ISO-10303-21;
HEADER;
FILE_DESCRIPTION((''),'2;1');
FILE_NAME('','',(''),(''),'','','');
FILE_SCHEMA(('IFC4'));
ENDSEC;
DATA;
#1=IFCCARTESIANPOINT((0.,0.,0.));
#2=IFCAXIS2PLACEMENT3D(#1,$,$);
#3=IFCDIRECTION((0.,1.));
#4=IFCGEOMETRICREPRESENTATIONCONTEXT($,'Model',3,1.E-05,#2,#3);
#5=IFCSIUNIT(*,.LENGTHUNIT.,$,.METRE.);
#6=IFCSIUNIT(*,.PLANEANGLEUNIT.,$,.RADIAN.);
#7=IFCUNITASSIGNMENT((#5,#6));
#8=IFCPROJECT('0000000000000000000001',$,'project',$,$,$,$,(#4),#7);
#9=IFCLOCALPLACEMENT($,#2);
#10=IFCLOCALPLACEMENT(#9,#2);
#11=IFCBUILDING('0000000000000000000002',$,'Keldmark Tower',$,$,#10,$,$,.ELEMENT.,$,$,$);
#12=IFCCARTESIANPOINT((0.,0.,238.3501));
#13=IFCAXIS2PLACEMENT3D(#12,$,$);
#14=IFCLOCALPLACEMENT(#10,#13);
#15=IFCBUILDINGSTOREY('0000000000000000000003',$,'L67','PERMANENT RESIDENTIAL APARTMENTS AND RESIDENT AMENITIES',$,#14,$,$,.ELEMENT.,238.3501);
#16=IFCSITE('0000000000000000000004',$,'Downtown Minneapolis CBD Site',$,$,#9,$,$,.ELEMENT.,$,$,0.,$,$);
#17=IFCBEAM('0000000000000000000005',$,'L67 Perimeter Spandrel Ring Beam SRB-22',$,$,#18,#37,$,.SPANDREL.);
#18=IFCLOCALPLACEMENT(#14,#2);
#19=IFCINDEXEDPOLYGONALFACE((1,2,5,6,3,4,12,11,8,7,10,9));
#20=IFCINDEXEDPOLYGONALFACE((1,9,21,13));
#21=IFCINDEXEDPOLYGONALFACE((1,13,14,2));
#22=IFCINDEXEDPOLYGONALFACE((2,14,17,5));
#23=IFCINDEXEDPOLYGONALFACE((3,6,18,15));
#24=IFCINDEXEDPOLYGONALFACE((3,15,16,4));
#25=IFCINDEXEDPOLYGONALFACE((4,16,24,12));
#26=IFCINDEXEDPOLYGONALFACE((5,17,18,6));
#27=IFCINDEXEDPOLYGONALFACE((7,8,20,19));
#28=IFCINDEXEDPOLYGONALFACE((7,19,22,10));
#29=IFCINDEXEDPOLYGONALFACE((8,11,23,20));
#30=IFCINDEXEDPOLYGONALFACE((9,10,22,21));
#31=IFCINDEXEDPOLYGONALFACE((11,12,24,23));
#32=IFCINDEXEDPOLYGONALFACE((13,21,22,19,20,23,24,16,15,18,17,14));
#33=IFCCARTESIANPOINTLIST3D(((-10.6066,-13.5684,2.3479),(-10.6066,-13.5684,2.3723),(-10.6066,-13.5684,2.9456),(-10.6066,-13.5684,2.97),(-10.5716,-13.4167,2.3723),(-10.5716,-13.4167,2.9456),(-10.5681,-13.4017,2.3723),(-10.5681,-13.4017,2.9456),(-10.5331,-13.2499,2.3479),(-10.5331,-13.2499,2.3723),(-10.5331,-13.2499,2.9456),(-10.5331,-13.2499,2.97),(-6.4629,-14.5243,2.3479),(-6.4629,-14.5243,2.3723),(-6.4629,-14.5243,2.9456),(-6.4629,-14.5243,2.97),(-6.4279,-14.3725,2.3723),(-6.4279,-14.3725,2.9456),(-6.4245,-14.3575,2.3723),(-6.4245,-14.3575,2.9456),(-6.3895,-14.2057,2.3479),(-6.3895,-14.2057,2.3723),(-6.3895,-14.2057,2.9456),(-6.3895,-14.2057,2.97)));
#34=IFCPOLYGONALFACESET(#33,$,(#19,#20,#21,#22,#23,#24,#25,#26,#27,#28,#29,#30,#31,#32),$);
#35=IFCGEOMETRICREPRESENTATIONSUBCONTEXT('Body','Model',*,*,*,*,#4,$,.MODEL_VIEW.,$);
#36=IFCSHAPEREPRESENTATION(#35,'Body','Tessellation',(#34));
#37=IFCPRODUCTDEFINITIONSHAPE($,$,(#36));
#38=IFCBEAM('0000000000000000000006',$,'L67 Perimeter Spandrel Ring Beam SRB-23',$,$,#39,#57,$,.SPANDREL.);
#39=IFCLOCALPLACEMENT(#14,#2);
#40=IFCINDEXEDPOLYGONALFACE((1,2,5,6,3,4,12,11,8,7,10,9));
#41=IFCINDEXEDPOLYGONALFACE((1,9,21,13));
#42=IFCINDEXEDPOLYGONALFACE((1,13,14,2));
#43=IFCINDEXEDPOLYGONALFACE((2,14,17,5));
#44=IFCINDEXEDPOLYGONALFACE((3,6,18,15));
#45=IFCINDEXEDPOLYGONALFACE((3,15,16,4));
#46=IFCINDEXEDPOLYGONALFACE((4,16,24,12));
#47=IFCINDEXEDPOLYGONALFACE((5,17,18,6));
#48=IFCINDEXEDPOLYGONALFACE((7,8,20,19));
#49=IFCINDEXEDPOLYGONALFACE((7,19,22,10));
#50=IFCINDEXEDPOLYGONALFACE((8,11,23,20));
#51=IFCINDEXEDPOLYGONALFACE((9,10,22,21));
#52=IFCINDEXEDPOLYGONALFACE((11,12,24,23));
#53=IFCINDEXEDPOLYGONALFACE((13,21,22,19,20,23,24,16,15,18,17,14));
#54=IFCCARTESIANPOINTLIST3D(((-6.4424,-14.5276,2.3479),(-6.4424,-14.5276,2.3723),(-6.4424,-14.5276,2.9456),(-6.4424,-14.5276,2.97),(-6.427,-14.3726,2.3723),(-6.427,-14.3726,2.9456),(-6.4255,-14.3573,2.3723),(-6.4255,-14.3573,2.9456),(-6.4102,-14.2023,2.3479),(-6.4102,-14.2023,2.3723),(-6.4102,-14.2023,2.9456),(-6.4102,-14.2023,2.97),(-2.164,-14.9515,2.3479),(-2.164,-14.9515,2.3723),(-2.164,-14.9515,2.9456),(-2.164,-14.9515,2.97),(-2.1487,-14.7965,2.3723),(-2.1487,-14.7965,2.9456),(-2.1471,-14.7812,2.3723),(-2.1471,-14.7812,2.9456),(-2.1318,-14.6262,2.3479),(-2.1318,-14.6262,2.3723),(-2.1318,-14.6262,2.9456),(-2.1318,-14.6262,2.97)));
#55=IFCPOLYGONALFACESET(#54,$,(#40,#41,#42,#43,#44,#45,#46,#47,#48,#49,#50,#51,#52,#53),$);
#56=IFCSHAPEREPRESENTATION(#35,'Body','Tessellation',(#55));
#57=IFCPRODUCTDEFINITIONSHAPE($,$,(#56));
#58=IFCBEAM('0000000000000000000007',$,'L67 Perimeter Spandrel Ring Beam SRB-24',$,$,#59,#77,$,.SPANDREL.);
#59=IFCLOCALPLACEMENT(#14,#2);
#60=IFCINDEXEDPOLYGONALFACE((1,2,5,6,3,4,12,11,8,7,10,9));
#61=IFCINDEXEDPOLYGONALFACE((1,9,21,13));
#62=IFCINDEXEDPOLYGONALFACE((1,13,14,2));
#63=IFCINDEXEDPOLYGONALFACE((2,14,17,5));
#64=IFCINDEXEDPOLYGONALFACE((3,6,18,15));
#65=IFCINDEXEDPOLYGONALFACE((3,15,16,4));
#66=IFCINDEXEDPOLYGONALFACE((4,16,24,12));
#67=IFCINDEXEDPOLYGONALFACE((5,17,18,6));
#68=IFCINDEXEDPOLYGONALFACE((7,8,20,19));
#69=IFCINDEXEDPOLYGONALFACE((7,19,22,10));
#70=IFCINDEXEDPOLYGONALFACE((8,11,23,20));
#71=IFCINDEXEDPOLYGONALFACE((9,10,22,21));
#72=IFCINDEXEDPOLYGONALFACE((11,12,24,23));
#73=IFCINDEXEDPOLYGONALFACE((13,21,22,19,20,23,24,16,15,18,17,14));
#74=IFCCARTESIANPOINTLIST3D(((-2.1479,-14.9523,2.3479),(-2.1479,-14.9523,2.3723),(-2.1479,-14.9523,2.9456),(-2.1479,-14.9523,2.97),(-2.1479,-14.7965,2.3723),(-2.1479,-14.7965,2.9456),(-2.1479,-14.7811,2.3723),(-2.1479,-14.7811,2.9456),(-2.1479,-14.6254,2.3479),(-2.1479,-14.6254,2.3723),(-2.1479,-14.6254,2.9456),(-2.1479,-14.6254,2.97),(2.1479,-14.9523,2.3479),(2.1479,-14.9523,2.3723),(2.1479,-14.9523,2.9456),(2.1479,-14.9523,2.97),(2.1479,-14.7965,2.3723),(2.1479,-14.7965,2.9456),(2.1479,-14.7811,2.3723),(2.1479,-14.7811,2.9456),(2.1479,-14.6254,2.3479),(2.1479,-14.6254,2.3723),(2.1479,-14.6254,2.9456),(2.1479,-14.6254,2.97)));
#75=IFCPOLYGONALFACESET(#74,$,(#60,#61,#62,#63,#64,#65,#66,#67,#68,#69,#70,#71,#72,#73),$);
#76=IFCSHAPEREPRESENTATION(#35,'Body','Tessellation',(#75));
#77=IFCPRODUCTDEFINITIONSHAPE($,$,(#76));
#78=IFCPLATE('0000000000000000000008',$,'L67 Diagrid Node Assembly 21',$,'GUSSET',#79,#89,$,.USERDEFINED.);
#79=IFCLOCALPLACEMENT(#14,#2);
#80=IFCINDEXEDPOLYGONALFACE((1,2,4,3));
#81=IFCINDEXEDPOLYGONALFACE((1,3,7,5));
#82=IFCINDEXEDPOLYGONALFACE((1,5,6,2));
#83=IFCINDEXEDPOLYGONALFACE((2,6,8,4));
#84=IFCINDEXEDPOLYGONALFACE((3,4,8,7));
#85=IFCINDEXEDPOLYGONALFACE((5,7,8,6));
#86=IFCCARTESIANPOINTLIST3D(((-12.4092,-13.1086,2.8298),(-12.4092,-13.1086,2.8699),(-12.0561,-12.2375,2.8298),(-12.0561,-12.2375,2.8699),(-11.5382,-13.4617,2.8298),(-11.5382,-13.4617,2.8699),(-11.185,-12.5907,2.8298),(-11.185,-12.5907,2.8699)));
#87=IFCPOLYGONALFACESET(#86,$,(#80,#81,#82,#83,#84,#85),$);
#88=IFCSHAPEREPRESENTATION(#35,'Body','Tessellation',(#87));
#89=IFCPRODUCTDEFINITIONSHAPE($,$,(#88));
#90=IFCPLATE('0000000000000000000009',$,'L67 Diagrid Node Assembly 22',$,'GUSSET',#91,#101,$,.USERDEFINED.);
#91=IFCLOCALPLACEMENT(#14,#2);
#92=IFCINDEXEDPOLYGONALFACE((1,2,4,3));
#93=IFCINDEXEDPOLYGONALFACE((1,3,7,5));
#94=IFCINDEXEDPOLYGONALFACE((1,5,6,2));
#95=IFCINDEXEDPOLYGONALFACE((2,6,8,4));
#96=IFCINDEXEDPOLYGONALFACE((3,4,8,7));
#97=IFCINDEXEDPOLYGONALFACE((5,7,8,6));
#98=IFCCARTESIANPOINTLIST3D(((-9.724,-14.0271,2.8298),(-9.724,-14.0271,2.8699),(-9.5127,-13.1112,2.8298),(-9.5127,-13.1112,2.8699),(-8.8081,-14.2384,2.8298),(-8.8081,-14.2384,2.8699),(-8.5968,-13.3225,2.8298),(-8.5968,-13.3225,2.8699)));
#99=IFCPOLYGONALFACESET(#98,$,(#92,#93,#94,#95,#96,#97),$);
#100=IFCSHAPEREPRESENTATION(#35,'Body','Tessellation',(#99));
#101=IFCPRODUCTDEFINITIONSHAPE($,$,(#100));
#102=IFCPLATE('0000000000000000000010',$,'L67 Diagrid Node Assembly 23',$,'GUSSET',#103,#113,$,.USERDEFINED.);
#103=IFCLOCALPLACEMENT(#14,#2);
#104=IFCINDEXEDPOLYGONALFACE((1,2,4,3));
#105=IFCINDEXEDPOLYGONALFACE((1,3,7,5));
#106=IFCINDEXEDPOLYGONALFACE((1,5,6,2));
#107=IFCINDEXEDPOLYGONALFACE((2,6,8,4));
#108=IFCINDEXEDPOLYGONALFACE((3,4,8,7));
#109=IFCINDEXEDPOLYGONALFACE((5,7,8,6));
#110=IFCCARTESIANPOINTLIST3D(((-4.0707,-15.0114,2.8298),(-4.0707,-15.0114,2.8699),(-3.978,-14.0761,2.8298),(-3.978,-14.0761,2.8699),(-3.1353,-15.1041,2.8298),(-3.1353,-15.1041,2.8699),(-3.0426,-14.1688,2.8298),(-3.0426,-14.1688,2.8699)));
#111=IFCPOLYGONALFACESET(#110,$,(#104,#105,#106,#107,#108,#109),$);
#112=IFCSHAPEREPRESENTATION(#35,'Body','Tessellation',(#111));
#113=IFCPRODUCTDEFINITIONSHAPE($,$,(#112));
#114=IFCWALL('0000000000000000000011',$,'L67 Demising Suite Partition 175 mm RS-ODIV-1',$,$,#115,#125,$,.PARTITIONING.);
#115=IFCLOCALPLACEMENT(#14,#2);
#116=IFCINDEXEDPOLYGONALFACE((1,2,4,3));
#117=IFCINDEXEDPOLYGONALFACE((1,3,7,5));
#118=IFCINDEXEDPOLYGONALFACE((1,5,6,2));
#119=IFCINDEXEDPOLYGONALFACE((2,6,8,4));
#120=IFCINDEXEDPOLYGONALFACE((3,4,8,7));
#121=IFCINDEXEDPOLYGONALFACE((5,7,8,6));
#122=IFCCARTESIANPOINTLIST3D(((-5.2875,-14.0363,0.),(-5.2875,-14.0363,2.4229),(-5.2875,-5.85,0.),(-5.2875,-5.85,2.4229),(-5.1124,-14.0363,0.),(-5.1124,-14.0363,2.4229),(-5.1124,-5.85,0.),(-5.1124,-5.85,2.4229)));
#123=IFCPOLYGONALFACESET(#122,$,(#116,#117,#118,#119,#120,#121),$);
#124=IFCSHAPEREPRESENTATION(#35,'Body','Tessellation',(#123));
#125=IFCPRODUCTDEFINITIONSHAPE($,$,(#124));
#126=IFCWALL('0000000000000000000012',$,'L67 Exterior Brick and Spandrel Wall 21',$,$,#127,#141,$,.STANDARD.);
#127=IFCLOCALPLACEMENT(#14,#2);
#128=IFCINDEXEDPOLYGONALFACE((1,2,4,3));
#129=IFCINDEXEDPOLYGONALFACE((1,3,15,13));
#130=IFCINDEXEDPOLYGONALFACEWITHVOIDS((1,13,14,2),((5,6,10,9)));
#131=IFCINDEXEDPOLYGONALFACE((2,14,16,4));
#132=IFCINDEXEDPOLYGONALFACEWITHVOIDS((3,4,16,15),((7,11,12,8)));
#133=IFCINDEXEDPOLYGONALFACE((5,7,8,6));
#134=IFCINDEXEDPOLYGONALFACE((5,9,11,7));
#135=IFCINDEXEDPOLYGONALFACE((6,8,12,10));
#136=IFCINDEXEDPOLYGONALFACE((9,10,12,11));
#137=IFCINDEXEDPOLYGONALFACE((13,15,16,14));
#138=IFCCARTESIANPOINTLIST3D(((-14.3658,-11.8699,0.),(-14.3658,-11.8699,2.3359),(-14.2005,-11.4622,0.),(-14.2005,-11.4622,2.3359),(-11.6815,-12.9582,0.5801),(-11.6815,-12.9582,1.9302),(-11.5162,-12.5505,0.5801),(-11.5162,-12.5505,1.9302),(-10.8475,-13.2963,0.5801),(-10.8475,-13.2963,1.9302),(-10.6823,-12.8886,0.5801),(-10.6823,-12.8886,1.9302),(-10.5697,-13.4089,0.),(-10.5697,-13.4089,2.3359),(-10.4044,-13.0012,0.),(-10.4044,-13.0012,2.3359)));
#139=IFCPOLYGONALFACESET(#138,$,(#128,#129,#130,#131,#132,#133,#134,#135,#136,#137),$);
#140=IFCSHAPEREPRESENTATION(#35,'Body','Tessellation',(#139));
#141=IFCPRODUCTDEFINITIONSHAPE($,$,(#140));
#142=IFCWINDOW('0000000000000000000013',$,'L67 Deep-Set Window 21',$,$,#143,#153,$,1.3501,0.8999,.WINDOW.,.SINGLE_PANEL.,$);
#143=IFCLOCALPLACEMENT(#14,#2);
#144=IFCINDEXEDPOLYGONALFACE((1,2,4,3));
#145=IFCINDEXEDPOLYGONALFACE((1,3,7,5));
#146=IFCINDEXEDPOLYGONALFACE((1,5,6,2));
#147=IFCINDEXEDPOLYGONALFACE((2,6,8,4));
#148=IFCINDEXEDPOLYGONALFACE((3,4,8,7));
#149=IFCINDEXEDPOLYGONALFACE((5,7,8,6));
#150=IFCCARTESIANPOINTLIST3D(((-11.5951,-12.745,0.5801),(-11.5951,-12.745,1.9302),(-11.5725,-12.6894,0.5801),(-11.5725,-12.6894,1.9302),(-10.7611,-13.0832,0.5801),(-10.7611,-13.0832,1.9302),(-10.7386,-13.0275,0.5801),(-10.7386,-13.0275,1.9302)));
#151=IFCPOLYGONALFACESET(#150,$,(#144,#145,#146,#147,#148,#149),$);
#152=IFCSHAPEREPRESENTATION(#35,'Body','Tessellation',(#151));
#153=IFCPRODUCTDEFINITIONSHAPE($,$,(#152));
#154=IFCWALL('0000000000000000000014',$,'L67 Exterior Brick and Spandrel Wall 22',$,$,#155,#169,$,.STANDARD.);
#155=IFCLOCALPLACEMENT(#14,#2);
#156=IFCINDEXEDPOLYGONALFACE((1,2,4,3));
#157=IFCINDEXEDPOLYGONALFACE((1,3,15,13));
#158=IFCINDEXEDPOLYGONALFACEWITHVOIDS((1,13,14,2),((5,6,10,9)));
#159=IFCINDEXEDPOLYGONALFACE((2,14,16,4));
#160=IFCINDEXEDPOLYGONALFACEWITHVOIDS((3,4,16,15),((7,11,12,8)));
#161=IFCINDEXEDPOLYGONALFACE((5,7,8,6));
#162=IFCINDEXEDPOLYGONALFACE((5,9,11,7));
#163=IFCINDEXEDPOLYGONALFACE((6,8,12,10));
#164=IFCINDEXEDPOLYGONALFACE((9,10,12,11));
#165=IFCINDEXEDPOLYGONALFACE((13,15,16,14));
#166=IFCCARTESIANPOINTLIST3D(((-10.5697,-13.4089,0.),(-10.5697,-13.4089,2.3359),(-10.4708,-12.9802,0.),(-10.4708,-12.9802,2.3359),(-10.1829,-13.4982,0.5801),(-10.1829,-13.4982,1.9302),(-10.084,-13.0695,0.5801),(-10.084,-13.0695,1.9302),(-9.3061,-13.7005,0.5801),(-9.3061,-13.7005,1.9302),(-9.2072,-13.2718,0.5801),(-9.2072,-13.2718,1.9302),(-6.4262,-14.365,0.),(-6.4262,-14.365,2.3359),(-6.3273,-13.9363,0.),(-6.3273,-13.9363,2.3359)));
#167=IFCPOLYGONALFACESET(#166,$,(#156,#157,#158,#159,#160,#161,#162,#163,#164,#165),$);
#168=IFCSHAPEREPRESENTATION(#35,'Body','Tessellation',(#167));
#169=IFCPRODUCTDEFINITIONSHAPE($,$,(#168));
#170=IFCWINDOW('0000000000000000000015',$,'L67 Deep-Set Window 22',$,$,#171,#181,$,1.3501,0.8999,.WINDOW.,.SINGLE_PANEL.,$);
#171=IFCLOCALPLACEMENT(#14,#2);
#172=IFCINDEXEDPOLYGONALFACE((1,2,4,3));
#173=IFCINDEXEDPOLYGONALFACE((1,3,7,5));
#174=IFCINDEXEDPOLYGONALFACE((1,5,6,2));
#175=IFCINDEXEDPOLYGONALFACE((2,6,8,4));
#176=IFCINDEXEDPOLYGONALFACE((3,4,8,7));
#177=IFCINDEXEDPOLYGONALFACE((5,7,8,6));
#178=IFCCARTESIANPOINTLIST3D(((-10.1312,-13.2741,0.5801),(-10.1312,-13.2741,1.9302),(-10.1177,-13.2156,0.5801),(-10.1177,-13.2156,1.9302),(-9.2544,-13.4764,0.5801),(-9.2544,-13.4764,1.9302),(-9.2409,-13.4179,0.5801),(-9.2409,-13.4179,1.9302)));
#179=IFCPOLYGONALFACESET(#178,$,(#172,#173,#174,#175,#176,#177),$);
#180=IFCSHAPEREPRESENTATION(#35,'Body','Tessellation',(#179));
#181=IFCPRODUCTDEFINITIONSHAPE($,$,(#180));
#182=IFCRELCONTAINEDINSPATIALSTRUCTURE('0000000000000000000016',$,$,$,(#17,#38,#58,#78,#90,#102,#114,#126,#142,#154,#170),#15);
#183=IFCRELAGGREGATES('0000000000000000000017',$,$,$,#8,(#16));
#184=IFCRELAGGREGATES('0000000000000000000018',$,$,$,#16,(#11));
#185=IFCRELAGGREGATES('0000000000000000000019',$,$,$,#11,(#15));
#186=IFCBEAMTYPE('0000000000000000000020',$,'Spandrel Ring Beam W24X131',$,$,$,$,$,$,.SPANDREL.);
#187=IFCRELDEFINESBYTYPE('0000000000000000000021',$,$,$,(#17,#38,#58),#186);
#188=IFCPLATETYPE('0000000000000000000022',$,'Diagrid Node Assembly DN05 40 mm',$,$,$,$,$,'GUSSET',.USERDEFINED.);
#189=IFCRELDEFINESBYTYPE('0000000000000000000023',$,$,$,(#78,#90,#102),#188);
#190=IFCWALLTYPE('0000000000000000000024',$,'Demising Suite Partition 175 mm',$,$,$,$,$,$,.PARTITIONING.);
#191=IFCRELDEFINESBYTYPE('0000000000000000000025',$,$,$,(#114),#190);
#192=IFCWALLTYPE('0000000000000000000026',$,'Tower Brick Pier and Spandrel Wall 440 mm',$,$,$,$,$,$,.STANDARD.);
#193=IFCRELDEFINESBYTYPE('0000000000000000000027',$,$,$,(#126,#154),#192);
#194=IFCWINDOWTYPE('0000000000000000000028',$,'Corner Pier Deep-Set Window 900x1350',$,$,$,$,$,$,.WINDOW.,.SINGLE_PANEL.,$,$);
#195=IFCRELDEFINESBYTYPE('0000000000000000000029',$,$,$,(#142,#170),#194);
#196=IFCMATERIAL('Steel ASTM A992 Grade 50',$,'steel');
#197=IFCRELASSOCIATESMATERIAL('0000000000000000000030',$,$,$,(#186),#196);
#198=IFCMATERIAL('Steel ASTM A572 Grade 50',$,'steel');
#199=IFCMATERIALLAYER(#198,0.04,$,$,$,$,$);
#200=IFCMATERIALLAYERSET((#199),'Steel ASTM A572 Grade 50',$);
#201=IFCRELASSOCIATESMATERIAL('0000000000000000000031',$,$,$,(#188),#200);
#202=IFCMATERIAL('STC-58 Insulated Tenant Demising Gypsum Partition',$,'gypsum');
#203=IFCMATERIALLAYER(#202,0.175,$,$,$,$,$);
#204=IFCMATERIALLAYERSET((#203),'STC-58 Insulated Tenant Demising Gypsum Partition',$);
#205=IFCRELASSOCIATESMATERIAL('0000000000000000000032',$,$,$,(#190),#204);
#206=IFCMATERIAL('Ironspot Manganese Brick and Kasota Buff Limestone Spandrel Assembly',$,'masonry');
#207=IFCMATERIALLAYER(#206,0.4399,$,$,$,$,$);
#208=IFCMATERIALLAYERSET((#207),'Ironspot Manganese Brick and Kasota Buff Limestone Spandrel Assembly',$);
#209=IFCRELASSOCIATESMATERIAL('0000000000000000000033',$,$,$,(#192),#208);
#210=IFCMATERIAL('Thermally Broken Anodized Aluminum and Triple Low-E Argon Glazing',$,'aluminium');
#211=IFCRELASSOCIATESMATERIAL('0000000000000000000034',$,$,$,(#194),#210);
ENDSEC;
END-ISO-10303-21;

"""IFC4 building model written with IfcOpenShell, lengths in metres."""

from ifc_helpers import new_model, si_unit, direction, frame, frame_2d, origin, origin_2d, place, context, subcontext, project, spatial, rectangle, i_section, extrude, material, layer, layer_set, material_profile, profile_set, type_object, element, fill, save


model = new_model("IFC4")

# Units and contexts
model_context = context("Model", 3, precision=1e-05, world=origin(), true_north=direction((0.0, 1.0)))
body_context = subcontext(model_context, "Body", "Model", "MODEL_VIEW")
ifc_project = project(units=[si_unit("LENGTHUNIT", "METRE"), si_unit("PLANEANGLEUNIT", "RADIAN")], contexts=[model_context])

# Site, building, storey
site_placement = place(None, origin())
site = spatial("IfcSite", under=ifc_project, at=site_placement, Name="Downtown Minneapolis CBD Site", CompositionType="ELEMENT", RefElevation=0.0)
building_placement = place(site_placement, origin())
building = spatial("IfcBuilding", under=site, at=building_placement, Name="Keldmark Tower", CompositionType="ELEMENT")
storey_placement = place(building_placement, frame((0.0, 0.0, 238.3501)))
storey = spatial("IfcBuildingStorey", under=building, at=storey_placement, Name="L67", Description="PERMANENT RESIDENTIAL APARTMENTS AND RESIDENT AMENITIES", CompositionType="ELEMENT", Elevation=238.3501)

# Beams
ifc_material_1 = material(Name="Steel ASTM A992 Grade 50", Category="steel")
ifc_material_profile_1 = material_profile(ifc_material_1, i_section(OverallWidth=0.3269, OverallDepth=0.6221, WebThickness=0.0154, FlangeThickness=0.0244, at=origin_2d()), Name="W24X131")
ifc_profile_set_1 = profile_set([ifc_material_profile_1], Name="Steel ASTM A992 Grade 50")
beam_type_1 = type_object("IfcBeamType", Name="Spandrel Ring Beam W24X131", PredefinedType="SPANDREL", material=ifc_profile_set_1)
beam_1_placement = place(storey_placement, frame((-10.5698, -13.4092, 2.6589), z_axis=(0.974412, -0.224771, 0.0), x_axis=(0.224771, 0.974412, 0.0)))
element("IfcBeam", 1, at=beam_1_placement, inside=storey, type_object=beam_type_1, Name="L67 Perimeter Spandrel Ring Beam SRB-22", PredefinedType="SPANDREL", context=body_context, shape_type="SweptSolid", body=[
    extrude(i_section(OverallWidth=0.3269, OverallDepth=0.6221, WebThickness=0.0154, FlangeThickness=0.0244, at=origin_2d()), origin(), (0.0, 0.0, 1.0), 4.2524),
])
beam_2_placement = place(storey_placement, frame((-6.4263, -14.365, 2.6589), z_axis=(0.995129, -0.098582, 0.0), x_axis=(0.098582, 0.995129, 0.0)))
element("IfcBeam", 2, at=beam_2_placement, inside=storey, type_object=beam_type_1, Name="L67 Perimeter Spandrel Ring Beam SRB-23", PredefinedType="SPANDREL", context=body_context, shape_type="SweptSolid", body=[
    extrude(i_section(OverallWidth=0.3269, OverallDepth=0.6221, WebThickness=0.0154, FlangeThickness=0.0244, at=origin_2d()), origin(), (0.0, 0.0, 1.0), 4.2993),
])
beam_3_placement = place(storey_placement, frame((-2.1479, -14.7888, 2.6589), z_axis=(1.0, 0.0, 0.0), x_axis=(0.0, 1.0, 0.0)))
element("IfcBeam", 3, at=beam_3_placement, inside=storey, type_object=beam_type_1, Name="L67 Perimeter Spandrel Ring Beam SRB-24", PredefinedType="SPANDREL", context=body_context, shape_type="SweptSolid", body=[
    extrude(i_section(OverallWidth=0.3269, OverallDepth=0.6221, WebThickness=0.0154, FlangeThickness=0.0244, at=origin_2d()), origin(), (0.0, 0.0, 1.0), 4.2959),
])

# Plates
ifc_material_2 = material(Name="Steel ASTM A572 Grade 50", Category="steel")
ifc_layer_1 = layer(ifc_material_2, 0.04)
ifc_layer_set_1 = layer_set([ifc_layer_1], Name="Steel ASTM A572 Grade 50")
plate_type = type_object("IfcPlateType", Name="Diagrid Node Assembly DN05 40 mm", ElementType="GUSSET", PredefinedType="USERDEFINED", material=ifc_layer_set_1)
for number, where, z_axis, x_axis, name in (
    (4, (-11.7971, -12.8496, 2.8298), (0.0, 0.0, 1.0), (0.926725, -0.375739, 0.0), "L67 Diagrid Node Assembly 21"),
    (5, (-9.1604, -13.6748, 2.8298), (0.0, 0.0, 1.0), (0.974409, -0.224781, 0.0), "L67 Diagrid Node Assembly 22"),
    (6, (-3.5566, -14.5901, 2.8298), (0.0, 0.0, 1.0), (0.995125, -0.098625, 0.0), "L67 Diagrid Node Assembly 23"),
):
    element("IfcPlate", number, at=place(storey_placement, frame(where, z_axis=z_axis, x_axis=x_axis)), inside=storey, type_object=plate_type, Name=name, ObjectType="GUSSET", PredefinedType="USERDEFINED", context=body_context, shape_type="SweptSolid", body=[
        extrude(rectangle(XDim=0.9399, YDim=0.9399, at=origin_2d()), origin(), (0.0, 0.0, 1.0), 0.04),
    ])

# Wall
ifc_material_3 = material(Name="STC-58 Insulated Tenant Demising Gypsum Partition", Category="gypsum")
ifc_layer_2 = layer(ifc_material_3, 0.175)
ifc_layer_set_2 = layer_set([ifc_layer_2], Name="STC-58 Insulated Tenant Demising Gypsum Partition")
wall_type_1 = type_object("IfcWallType", Name="Demising Suite Partition 175 mm", PredefinedType="PARTITIONING", material=ifc_layer_set_2)
wall_1_placement = place(storey_placement, frame((-5.2, -14.0364, 0.0), z_axis=(0.0, 0.0, 1.0), x_axis=(0.0, 1.0, 0.0)))
element("IfcWall", 7, at=wall_1_placement, inside=storey, type_object=wall_type_1, Name="L67 Demising Suite Partition 175 mm RS-ODIV-1", PredefinedType="PARTITIONING", context=body_context, shape_type="SweptSolid", body=[
    extrude(rectangle(XDim=8.1863, YDim=0.175, at=frame_2d((4.0933, 0.0))), origin(), (0.0, 0.0, 1.0), 2.4229),
])

# Walls, openings, windows
ifc_material_4 = material(Name="Ironspot Manganese Brick and Kasota Buff Limestone Spandrel Assembly", Category="masonry")
ifc_layer_3 = layer(ifc_material_4, 0.4399)
ifc_layer_set_3 = layer_set([ifc_layer_3], Name="Ironspot Manganese Brick and Kasota Buff Limestone Spandrel Assembly")
wall_type_2 = type_object("IfcWallType", Name="Tower Brick Pier and Spandrel Wall 440 mm", PredefinedType="STANDARD", material=ifc_layer_set_3)
wall_2_placement = place(storey_placement, frame((-10.4871, -13.2051, 0.0), z_axis=(0.0, 0.0, 1.0), x_axis=(-0.926732, 0.375723, 0.0)))
wall_2 = element("IfcWall", 8, at=wall_2_placement, inside=storey, type_object=wall_type_2, Name="L67 Exterior Brick and Spandrel Wall 21", PredefinedType="STANDARD", context=body_context, shape_type="SweptSolid", body=[
    extrude(rectangle(XDim=4.0962, YDim=0.4399, at=frame_2d((2.0481, 0.0))), origin(), (0.0, 0.0, 1.0), 2.3359),
])
opening_1_placement = place(wall_2_placement, frame((0.2998, 0.0, 0.5801)))
opening_1 = element("IfcOpeningElement", 9, at=opening_1_placement, cuts=wall_2, PredefinedType="OPENING", context=body_context, shape_type="SweptSolid", body=[
    extrude(rectangle(XDim=0.8999, YDim=1.3501, at=frame_2d((0.45, 0.675))), frame((0.0, 0.23, 0.0), z_axis=(0.0, -1.0, 0.0), x_axis=(1.0, 0.0, 0.0)), (0.0, 0.0, 1.0), 0.46),
])
ifc_material_5 = material(Name="Thermally Broken Anodized Aluminum and Triple Low-E Argon Glazing", Category="aluminium")
window_type = type_object("IfcWindowType", Name="Corner Pier Deep-Set Window 900x1350", PartitioningType="SINGLE_PANEL", PredefinedType="WINDOW", material=ifc_material_5)
window_1_placement = place(opening_1_placement, origin())
window_1 = element("IfcWindow", 10, at=window_1_placement, inside=storey, type_object=window_type, Name="L67 Deep-Set Window 21", OverallHeight=1.3501, OverallWidth=0.8999, PartitioningType="SINGLE_PANEL", PredefinedType="WINDOW", context=body_context, shape_type="SweptSolid", body=[
    extrude(rectangle(XDim=0.8999, YDim=1.3501, at=frame_2d((0.45, 0.675))), frame((0.0, -0.01, 0.0), z_axis=(0.0, -1.0, 0.0), x_axis=(1.0, 0.0, 0.0)), (0.0, 0.0, 1.0), 0.0601),
])
fill(opening_1, window_1)
wall_3_placement = place(storey_placement, frame((-6.3767, -14.1506, 0.0), z_axis=(0.0, 0.0, 1.0), x_axis=(-0.974399, 0.224826, 0.0)))
wall_3 = element("IfcWall", 11, at=wall_3_placement, inside=storey, type_object=wall_type_2, Name="L67 Exterior Brick and Spandrel Wall 22", PredefinedType="STANDARD", context=body_context, shape_type="SweptSolid", body=[
    extrude(rectangle(XDim=4.2524, YDim=0.4399, at=frame_2d((2.1262, 0.0))), origin(), (0.0, 0.0, 1.0), 2.3359),
])
opening_2_placement = place(wall_3_placement, frame((2.9556, 0.0, 0.5801)))
opening_2 = element("IfcOpeningElement", 12, at=opening_2_placement, cuts=wall_3, PredefinedType="OPENING", context=body_context, shape_type="SweptSolid", body=[
    extrude(rectangle(XDim=0.8999, YDim=1.3501, at=frame_2d((0.45, 0.675))), frame((0.0, 0.23, 0.0), z_axis=(0.0, -1.0, 0.0), x_axis=(1.0, 0.0, 0.0)), (0.0, 0.0, 1.0), 0.46),
])
window_2_placement = place(opening_2_placement, origin())
window_2 = element("IfcWindow", 13, at=window_2_placement, inside=storey, type_object=window_type, Name="L67 Deep-Set Window 22", OverallHeight=1.3501, OverallWidth=0.8999, PartitioningType="SINGLE_PANEL", PredefinedType="WINDOW", context=body_context, shape_type="SweptSolid", body=[
    extrude(rectangle(XDim=0.8999, YDim=1.3501, at=frame_2d((0.45, 0.675))), frame((0.0, -0.01, 0.0), z_axis=(0.0, -1.0, 0.0), x_axis=(1.0, 0.0, 0.0)), (0.0, 0.0, 1.0), 0.0601),
])
fill(opening_2, window_2)

save(model, "model.ifc")
